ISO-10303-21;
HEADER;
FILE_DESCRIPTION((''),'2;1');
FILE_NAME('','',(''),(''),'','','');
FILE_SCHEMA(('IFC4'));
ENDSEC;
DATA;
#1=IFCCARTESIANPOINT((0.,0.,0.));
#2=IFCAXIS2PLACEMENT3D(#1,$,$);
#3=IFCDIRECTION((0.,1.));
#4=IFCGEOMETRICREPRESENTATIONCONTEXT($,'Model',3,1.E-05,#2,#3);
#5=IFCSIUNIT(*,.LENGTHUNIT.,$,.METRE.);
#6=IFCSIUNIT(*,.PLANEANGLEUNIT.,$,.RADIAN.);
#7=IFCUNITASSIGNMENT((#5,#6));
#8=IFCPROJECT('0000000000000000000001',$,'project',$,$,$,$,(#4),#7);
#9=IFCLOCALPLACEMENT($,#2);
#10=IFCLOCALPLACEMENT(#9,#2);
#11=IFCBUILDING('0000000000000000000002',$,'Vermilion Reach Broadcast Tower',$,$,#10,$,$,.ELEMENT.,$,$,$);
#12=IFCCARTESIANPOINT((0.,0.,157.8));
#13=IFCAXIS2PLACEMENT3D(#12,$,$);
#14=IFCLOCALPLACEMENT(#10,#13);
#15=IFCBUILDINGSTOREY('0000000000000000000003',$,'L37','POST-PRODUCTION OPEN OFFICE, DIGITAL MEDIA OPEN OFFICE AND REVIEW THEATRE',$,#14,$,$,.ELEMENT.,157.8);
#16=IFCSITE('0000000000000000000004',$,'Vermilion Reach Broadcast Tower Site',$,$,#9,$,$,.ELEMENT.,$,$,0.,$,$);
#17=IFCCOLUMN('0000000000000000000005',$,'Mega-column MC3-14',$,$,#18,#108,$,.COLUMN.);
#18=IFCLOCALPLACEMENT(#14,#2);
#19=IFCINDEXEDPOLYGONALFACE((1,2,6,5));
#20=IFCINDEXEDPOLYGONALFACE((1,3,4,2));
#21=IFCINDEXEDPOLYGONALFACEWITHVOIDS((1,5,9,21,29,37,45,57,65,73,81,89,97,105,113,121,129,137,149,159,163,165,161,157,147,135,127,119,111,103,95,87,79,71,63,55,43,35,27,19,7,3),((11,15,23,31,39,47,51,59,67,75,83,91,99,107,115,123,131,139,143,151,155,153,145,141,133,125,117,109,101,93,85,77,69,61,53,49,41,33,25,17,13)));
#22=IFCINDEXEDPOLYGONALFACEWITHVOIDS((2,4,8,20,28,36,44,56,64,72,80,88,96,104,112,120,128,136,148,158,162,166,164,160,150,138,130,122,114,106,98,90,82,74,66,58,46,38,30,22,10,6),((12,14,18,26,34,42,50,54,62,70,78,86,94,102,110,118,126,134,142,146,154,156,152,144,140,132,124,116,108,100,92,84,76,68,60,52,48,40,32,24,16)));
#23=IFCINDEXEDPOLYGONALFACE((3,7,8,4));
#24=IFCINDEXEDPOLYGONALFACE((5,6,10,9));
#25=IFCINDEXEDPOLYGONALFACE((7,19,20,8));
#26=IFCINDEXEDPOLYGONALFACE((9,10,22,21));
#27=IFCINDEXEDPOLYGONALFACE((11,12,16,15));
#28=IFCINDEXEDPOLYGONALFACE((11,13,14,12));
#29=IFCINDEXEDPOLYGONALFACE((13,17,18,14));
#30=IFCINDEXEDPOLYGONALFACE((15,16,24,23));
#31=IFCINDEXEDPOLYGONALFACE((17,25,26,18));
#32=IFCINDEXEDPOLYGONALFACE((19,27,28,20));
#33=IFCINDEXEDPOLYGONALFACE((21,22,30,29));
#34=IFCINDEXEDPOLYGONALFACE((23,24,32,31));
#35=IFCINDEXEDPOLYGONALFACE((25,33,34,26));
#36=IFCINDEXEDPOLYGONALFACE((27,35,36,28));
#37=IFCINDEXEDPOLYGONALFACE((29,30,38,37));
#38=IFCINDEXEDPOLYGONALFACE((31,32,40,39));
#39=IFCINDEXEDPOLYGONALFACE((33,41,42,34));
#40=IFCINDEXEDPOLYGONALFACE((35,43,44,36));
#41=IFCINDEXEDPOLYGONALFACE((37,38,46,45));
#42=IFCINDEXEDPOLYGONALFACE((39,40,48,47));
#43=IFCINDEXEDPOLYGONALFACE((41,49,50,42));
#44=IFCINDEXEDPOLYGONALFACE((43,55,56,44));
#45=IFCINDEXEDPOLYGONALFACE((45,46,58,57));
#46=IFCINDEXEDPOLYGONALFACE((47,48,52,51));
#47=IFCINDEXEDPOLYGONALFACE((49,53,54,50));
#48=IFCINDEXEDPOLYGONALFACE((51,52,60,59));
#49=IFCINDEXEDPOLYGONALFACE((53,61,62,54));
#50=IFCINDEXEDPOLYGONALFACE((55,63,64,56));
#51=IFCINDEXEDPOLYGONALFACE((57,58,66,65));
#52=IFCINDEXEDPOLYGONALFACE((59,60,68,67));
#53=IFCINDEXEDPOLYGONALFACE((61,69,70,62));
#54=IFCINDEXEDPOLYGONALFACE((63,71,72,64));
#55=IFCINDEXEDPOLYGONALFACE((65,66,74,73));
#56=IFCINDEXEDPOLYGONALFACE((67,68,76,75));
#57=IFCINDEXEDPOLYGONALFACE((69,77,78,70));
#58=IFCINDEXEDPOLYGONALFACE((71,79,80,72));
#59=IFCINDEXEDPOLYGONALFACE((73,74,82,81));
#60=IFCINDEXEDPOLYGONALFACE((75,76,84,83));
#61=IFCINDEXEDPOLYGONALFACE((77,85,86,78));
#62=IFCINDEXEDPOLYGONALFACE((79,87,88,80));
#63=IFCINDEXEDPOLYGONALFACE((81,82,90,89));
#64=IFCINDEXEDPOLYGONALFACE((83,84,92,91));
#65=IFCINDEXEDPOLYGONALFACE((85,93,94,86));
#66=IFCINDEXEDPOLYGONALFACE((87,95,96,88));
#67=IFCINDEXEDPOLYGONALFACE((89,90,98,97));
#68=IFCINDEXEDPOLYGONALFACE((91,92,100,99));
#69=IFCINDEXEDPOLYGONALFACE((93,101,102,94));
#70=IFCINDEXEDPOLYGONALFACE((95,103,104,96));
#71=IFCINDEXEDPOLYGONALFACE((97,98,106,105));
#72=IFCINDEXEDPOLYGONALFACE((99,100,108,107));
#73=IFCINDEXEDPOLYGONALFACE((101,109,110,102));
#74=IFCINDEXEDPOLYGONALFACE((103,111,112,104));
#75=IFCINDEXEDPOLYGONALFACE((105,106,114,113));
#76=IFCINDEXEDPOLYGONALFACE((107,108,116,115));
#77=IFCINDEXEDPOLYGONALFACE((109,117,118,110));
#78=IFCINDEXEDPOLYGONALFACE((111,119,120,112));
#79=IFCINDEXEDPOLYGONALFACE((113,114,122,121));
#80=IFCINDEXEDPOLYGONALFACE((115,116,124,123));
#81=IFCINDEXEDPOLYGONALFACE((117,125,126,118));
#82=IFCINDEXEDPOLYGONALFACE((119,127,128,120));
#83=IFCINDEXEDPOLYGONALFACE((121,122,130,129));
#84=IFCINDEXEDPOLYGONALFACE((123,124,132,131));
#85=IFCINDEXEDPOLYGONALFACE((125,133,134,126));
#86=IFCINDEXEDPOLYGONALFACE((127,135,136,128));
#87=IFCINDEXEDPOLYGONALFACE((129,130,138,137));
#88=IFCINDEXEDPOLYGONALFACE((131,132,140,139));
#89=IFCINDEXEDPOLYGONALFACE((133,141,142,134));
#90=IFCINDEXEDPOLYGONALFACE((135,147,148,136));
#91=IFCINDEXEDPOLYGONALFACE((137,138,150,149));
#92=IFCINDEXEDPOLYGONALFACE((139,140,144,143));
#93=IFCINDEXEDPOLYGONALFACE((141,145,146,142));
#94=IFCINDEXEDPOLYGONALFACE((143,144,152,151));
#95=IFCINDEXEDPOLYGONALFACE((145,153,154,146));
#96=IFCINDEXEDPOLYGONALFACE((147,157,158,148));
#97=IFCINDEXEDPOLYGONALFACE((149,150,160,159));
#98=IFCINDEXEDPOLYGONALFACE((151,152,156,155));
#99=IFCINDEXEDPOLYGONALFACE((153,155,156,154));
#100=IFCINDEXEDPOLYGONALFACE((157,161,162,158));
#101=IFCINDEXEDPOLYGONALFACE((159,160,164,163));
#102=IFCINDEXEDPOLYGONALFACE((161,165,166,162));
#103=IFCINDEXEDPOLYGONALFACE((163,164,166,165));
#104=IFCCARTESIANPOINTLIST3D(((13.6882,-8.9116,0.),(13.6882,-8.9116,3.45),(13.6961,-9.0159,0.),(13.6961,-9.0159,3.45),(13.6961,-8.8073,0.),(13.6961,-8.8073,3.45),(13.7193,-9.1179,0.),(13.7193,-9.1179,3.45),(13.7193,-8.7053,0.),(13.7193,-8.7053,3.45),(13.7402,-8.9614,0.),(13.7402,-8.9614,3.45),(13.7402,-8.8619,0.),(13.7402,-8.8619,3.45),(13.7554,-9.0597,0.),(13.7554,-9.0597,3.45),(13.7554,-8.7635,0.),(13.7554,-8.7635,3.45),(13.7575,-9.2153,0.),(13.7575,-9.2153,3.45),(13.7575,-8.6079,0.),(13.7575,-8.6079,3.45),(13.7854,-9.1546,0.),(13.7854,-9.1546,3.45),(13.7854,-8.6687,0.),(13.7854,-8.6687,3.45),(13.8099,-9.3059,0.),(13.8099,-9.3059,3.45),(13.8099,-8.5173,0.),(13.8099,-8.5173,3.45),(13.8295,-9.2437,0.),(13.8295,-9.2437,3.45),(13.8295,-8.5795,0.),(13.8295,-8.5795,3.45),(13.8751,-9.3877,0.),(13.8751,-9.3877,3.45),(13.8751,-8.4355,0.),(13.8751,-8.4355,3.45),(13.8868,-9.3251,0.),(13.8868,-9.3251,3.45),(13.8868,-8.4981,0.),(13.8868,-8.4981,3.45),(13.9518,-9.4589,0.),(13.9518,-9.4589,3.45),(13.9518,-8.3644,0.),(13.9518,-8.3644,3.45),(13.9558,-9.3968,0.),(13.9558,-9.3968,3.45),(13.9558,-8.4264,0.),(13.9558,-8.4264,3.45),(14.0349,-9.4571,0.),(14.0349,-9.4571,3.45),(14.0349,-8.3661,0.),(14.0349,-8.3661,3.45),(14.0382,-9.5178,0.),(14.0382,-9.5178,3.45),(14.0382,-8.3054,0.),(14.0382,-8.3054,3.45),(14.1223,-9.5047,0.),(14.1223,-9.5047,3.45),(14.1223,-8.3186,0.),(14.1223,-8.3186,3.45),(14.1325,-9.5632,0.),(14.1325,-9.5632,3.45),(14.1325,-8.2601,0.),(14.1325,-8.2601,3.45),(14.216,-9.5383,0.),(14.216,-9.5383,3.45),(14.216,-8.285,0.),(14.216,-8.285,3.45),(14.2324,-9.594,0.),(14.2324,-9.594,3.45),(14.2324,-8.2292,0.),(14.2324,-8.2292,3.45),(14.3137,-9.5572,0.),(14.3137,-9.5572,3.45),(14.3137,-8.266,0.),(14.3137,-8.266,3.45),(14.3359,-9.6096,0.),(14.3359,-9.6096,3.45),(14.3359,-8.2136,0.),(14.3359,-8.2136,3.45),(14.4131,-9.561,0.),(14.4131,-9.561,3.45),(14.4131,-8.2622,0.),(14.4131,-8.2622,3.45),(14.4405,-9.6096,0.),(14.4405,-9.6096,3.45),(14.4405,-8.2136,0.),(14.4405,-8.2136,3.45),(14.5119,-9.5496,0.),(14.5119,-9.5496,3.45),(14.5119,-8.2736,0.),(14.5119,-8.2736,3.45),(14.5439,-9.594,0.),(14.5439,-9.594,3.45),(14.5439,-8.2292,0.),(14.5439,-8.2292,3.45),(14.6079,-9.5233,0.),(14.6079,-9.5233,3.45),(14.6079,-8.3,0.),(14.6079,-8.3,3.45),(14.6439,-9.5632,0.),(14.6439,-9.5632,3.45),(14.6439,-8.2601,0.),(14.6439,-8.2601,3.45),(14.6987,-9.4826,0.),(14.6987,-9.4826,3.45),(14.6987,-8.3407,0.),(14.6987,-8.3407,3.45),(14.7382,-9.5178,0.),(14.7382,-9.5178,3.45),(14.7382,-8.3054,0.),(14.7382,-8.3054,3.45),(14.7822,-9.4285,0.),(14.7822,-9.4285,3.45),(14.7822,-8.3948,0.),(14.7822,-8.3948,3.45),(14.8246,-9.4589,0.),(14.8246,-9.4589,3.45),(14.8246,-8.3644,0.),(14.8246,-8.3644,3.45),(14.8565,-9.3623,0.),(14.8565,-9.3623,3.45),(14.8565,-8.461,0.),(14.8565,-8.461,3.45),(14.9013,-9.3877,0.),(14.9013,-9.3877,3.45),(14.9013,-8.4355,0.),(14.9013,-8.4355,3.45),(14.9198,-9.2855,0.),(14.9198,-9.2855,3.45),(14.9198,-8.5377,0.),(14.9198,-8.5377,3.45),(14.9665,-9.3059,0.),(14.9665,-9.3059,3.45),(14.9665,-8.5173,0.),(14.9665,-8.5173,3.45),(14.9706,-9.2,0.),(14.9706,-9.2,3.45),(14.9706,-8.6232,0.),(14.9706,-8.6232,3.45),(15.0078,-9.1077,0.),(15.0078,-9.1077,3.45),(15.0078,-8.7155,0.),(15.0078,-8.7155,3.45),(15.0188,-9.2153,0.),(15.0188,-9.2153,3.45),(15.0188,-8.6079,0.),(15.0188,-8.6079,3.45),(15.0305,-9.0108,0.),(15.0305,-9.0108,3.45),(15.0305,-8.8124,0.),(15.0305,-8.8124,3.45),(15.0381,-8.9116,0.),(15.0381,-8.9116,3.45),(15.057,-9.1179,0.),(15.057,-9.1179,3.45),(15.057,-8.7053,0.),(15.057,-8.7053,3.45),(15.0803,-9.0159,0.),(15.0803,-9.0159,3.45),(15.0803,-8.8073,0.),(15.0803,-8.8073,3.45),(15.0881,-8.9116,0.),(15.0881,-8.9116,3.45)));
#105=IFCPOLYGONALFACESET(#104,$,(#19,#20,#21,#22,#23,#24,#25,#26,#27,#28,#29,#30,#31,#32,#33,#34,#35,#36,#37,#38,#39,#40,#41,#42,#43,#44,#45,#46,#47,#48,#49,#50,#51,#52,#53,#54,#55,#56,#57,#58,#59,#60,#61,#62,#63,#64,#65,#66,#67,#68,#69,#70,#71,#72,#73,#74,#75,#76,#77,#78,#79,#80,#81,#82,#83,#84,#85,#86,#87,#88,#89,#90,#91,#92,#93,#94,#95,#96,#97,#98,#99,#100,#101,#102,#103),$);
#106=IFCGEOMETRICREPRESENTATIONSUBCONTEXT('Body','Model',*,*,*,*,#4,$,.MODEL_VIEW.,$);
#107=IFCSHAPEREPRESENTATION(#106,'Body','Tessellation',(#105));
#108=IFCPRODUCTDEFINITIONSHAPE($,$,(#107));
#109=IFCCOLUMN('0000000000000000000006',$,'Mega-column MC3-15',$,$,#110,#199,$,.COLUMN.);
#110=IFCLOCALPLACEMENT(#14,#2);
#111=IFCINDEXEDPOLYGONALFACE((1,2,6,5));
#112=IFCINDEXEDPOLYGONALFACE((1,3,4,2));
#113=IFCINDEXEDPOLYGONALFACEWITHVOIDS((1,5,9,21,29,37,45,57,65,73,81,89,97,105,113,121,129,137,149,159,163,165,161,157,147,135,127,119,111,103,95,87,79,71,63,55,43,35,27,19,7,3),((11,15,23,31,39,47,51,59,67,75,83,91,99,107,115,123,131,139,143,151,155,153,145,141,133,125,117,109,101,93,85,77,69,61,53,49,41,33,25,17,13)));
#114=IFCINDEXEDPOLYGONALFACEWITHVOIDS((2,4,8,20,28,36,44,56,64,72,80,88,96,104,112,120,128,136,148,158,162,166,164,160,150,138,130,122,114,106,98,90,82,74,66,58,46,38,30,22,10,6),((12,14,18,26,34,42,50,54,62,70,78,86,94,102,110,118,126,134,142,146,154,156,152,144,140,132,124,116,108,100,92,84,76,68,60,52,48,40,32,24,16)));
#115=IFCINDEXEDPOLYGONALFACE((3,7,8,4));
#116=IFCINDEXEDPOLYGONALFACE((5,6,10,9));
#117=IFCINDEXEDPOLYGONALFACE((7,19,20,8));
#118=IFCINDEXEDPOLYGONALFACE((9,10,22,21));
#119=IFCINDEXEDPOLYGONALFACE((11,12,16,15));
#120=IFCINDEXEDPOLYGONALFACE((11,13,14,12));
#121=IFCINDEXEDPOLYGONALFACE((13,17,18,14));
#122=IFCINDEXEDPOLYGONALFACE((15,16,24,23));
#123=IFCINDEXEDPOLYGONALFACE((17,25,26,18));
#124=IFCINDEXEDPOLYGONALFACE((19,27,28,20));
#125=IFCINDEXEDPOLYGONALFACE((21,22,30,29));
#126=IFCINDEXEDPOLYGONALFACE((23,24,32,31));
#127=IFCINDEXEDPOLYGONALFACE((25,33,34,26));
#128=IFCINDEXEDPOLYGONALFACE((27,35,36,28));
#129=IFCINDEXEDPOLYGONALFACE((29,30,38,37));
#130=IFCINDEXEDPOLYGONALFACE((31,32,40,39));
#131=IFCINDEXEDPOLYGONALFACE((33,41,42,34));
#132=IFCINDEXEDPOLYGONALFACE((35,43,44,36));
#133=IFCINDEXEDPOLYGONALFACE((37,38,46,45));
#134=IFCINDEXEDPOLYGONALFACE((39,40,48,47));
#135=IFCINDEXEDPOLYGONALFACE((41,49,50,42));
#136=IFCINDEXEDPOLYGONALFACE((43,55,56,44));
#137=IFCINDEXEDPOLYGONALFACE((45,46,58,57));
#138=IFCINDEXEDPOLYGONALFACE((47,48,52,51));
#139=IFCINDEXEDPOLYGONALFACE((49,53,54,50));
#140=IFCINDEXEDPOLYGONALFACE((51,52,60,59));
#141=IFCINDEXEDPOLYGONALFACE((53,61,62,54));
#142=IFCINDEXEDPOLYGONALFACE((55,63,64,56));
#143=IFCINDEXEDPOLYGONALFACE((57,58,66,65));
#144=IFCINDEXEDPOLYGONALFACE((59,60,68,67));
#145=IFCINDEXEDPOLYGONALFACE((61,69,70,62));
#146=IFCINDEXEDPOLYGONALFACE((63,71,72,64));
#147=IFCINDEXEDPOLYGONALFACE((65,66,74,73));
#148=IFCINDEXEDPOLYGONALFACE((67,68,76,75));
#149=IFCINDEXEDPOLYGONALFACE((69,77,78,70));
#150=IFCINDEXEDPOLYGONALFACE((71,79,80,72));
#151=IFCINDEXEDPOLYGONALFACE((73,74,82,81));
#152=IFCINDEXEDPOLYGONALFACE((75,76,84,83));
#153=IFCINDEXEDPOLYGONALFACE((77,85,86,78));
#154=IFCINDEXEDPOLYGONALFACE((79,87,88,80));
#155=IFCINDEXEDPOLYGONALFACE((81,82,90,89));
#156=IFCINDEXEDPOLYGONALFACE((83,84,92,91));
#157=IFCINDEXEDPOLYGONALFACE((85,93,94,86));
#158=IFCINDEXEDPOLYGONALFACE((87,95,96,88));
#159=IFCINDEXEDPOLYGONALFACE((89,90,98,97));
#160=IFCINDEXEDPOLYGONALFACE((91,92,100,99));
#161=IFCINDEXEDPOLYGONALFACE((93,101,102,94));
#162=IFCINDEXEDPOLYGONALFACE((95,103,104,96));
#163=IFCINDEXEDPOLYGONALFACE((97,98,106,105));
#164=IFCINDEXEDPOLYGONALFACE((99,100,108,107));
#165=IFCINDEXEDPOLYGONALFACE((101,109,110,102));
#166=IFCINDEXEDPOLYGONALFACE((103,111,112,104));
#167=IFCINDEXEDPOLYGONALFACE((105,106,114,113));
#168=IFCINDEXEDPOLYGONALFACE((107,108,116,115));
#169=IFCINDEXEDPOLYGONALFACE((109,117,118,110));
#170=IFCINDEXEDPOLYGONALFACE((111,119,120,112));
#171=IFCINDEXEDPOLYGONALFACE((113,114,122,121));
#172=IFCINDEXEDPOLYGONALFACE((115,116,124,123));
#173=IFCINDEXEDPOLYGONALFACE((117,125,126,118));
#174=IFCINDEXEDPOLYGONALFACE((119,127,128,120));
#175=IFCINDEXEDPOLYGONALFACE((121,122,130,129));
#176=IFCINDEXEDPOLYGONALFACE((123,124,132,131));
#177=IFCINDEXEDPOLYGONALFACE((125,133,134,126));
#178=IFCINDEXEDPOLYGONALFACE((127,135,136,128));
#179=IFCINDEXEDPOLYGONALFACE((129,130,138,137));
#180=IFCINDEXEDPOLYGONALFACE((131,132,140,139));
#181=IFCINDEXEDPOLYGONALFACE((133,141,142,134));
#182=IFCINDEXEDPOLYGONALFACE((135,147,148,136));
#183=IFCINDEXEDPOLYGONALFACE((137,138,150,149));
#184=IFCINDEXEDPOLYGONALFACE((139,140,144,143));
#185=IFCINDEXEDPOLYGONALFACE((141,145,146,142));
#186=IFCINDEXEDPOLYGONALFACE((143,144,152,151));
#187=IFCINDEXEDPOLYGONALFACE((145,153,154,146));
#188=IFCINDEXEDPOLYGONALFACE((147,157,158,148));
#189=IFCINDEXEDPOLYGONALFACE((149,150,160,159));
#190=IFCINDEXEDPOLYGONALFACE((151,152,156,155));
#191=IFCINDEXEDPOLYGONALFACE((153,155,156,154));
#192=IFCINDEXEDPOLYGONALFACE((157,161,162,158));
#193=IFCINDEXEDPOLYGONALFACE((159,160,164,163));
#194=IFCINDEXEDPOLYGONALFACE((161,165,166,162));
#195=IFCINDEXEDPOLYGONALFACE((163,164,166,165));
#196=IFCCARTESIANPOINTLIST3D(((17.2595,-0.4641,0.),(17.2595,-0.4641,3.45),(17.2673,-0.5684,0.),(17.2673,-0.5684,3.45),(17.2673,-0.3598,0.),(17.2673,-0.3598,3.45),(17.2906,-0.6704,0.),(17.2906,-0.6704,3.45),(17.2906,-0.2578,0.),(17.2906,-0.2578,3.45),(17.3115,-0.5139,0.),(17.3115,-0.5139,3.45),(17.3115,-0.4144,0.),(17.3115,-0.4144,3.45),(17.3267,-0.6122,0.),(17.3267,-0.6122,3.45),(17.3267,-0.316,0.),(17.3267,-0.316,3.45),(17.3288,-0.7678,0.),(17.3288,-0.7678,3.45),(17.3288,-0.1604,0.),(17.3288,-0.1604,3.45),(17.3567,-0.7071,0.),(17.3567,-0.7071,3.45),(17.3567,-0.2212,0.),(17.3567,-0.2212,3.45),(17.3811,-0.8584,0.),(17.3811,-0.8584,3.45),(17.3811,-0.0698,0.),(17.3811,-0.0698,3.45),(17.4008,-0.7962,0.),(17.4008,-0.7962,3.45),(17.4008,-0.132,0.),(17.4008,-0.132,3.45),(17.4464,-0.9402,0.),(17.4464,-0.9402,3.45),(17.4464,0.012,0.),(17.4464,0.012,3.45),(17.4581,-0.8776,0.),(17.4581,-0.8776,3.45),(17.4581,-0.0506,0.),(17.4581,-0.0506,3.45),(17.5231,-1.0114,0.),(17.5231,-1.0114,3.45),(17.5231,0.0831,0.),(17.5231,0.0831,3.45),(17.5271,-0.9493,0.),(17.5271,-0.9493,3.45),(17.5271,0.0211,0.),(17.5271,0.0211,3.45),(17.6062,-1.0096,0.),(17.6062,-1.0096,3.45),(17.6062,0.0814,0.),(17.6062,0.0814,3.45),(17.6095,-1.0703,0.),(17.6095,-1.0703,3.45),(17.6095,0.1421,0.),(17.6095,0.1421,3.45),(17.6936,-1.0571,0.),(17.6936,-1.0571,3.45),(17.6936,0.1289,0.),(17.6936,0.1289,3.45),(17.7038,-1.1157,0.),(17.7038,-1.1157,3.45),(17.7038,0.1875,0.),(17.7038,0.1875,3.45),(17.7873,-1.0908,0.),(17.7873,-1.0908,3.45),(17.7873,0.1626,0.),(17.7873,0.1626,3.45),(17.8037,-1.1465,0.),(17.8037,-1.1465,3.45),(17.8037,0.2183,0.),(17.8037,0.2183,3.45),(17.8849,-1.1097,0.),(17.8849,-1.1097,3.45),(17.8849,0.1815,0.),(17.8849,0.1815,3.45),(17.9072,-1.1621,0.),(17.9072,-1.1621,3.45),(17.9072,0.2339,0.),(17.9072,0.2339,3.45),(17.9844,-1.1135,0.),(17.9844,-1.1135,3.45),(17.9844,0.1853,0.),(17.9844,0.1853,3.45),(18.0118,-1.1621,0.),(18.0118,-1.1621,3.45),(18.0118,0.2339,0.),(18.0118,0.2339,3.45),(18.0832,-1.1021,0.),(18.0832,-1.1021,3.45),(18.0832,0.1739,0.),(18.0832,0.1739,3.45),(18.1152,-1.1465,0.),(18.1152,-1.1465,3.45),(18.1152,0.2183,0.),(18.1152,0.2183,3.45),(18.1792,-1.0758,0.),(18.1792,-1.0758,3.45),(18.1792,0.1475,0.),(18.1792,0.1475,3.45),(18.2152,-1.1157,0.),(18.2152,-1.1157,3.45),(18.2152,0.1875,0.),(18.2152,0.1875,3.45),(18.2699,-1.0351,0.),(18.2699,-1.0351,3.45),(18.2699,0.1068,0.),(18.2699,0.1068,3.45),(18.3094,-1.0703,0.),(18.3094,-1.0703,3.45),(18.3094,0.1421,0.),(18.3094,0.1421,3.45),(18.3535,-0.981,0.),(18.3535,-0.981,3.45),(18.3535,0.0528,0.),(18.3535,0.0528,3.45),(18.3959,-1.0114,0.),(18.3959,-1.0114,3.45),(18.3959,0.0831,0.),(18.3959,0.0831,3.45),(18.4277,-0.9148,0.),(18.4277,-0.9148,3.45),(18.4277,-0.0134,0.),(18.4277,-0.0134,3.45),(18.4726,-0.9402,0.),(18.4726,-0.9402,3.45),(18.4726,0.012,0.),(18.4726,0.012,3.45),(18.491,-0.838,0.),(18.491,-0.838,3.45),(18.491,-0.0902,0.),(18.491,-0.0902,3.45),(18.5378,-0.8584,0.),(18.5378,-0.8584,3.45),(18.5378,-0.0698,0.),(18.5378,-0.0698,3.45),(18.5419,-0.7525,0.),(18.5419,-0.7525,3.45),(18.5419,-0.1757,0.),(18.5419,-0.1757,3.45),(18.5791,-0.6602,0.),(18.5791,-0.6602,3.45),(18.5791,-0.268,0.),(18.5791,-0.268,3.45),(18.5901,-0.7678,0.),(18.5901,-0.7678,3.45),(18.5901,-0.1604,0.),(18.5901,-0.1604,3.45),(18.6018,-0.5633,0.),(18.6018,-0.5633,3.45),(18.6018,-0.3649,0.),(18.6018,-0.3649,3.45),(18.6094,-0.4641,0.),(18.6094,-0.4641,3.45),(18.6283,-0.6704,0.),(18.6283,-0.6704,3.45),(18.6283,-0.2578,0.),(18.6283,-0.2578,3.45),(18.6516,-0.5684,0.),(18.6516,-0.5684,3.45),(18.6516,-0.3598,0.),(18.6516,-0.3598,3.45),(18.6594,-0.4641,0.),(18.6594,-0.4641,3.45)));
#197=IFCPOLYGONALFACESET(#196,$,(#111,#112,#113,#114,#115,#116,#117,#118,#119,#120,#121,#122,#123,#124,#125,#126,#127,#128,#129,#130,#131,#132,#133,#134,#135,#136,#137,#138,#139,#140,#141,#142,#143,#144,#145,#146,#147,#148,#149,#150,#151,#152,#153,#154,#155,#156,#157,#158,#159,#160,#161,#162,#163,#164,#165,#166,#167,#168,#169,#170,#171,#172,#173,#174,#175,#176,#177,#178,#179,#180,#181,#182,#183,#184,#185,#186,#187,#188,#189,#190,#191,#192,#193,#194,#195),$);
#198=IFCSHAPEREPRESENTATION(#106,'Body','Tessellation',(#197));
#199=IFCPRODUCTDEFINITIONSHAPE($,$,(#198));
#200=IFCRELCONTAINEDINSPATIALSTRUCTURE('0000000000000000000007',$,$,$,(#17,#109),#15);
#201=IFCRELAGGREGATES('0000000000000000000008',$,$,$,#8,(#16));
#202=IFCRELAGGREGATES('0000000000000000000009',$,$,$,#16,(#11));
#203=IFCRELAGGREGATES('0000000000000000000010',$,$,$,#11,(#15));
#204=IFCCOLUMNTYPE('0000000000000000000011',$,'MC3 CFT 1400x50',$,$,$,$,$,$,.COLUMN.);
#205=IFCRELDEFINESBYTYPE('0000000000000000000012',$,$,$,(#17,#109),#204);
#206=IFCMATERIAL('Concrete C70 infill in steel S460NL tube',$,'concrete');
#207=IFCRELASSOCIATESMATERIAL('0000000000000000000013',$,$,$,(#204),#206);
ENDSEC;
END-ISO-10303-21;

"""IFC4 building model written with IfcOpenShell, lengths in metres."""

from ifc_helpers import new_model, si_unit, direction, frame, origin, origin_2d, place, context, subcontext, project, spatial, hollow_circle, extrude, material, material_profile, profile_set, type_object, element, save


model = new_model("IFC4")

# Units and contexts
model_context = context("Model", 3, precision=1e-05, world=origin(), true_north=direction((0.0, 1.0)))
body_context = subcontext(model_context, "Body", "Model", "MODEL_VIEW")
ifc_project = project(units=[si_unit("LENGTHUNIT", "METRE"), si_unit("PLANEANGLEUNIT", "RADIAN")], contexts=[model_context])

# Site, building, storey
site_placement = place(None, origin())
site = spatial("IfcSite", under=ifc_project, at=site_placement, Name="Vermilion Reach Broadcast Tower Site", CompositionType="ELEMENT", RefElevation=0.0)
building_placement = place(site_placement, origin())
building = spatial("IfcBuilding", under=site, at=building_placement, Name="Vermilion Reach Broadcast Tower", CompositionType="ELEMENT")
storey_placement = place(building_placement, frame((0.0, 0.0, 157.8)))
storey = spatial("IfcBuildingStorey", under=building, at=storey_placement, Name="L37", Description="POST-PRODUCTION OPEN OFFICE, DIGITAL MEDIA OPEN OFFICE AND REVIEW THEATRE", CompositionType="ELEMENT", Elevation=157.8)

# Columns
ifc_material_1 = material(Name="Concrete C70 infill in steel S460NL tube", Category="concrete")
ifc_material_profile_1 = material_profile(ifc_material_1, hollow_circle(Radius=0.7, WallThickness=0.05, at=origin_2d()), Name="Concrete C70 infill in steel S460NL tube CFT 1400x50")
ifc_profile_set_1 = profile_set([ifc_material_profile_1], Name="Concrete C70 infill in steel S460NL tube")
column_type = type_object("IfcColumnType", Name="MC3 CFT 1400x50", PredefinedType="COLUMN", material=ifc_profile_set_1)
for number, where, z_axis, x_axis, name in (
    (1, (14.3882, -8.9116, 0.0), (0.0, 0.0, 1.0), (1.0, 0.0, 0.0), "Mega-column MC3-14"),
    (2, (17.9595, -0.4641, 0.0), (0.0, 0.0, 1.0), (1.0, 0.0, 0.0), "Mega-column MC3-15"),
):
    element("IfcColumn", number, at=place(storey_placement, frame(where, z_axis=z_axis, x_axis=x_axis)), inside=storey, type_object=column_type, Name=name, PredefinedType="COLUMN", context=body_context, shape_type="SweptSolid", body=[
        extrude(hollow_circle(Radius=0.7, WallThickness=0.05, at=origin_2d()), origin(), (0.0, 0.0, 1.0), 3.45),
    ])

save(model, "model.ifc")
